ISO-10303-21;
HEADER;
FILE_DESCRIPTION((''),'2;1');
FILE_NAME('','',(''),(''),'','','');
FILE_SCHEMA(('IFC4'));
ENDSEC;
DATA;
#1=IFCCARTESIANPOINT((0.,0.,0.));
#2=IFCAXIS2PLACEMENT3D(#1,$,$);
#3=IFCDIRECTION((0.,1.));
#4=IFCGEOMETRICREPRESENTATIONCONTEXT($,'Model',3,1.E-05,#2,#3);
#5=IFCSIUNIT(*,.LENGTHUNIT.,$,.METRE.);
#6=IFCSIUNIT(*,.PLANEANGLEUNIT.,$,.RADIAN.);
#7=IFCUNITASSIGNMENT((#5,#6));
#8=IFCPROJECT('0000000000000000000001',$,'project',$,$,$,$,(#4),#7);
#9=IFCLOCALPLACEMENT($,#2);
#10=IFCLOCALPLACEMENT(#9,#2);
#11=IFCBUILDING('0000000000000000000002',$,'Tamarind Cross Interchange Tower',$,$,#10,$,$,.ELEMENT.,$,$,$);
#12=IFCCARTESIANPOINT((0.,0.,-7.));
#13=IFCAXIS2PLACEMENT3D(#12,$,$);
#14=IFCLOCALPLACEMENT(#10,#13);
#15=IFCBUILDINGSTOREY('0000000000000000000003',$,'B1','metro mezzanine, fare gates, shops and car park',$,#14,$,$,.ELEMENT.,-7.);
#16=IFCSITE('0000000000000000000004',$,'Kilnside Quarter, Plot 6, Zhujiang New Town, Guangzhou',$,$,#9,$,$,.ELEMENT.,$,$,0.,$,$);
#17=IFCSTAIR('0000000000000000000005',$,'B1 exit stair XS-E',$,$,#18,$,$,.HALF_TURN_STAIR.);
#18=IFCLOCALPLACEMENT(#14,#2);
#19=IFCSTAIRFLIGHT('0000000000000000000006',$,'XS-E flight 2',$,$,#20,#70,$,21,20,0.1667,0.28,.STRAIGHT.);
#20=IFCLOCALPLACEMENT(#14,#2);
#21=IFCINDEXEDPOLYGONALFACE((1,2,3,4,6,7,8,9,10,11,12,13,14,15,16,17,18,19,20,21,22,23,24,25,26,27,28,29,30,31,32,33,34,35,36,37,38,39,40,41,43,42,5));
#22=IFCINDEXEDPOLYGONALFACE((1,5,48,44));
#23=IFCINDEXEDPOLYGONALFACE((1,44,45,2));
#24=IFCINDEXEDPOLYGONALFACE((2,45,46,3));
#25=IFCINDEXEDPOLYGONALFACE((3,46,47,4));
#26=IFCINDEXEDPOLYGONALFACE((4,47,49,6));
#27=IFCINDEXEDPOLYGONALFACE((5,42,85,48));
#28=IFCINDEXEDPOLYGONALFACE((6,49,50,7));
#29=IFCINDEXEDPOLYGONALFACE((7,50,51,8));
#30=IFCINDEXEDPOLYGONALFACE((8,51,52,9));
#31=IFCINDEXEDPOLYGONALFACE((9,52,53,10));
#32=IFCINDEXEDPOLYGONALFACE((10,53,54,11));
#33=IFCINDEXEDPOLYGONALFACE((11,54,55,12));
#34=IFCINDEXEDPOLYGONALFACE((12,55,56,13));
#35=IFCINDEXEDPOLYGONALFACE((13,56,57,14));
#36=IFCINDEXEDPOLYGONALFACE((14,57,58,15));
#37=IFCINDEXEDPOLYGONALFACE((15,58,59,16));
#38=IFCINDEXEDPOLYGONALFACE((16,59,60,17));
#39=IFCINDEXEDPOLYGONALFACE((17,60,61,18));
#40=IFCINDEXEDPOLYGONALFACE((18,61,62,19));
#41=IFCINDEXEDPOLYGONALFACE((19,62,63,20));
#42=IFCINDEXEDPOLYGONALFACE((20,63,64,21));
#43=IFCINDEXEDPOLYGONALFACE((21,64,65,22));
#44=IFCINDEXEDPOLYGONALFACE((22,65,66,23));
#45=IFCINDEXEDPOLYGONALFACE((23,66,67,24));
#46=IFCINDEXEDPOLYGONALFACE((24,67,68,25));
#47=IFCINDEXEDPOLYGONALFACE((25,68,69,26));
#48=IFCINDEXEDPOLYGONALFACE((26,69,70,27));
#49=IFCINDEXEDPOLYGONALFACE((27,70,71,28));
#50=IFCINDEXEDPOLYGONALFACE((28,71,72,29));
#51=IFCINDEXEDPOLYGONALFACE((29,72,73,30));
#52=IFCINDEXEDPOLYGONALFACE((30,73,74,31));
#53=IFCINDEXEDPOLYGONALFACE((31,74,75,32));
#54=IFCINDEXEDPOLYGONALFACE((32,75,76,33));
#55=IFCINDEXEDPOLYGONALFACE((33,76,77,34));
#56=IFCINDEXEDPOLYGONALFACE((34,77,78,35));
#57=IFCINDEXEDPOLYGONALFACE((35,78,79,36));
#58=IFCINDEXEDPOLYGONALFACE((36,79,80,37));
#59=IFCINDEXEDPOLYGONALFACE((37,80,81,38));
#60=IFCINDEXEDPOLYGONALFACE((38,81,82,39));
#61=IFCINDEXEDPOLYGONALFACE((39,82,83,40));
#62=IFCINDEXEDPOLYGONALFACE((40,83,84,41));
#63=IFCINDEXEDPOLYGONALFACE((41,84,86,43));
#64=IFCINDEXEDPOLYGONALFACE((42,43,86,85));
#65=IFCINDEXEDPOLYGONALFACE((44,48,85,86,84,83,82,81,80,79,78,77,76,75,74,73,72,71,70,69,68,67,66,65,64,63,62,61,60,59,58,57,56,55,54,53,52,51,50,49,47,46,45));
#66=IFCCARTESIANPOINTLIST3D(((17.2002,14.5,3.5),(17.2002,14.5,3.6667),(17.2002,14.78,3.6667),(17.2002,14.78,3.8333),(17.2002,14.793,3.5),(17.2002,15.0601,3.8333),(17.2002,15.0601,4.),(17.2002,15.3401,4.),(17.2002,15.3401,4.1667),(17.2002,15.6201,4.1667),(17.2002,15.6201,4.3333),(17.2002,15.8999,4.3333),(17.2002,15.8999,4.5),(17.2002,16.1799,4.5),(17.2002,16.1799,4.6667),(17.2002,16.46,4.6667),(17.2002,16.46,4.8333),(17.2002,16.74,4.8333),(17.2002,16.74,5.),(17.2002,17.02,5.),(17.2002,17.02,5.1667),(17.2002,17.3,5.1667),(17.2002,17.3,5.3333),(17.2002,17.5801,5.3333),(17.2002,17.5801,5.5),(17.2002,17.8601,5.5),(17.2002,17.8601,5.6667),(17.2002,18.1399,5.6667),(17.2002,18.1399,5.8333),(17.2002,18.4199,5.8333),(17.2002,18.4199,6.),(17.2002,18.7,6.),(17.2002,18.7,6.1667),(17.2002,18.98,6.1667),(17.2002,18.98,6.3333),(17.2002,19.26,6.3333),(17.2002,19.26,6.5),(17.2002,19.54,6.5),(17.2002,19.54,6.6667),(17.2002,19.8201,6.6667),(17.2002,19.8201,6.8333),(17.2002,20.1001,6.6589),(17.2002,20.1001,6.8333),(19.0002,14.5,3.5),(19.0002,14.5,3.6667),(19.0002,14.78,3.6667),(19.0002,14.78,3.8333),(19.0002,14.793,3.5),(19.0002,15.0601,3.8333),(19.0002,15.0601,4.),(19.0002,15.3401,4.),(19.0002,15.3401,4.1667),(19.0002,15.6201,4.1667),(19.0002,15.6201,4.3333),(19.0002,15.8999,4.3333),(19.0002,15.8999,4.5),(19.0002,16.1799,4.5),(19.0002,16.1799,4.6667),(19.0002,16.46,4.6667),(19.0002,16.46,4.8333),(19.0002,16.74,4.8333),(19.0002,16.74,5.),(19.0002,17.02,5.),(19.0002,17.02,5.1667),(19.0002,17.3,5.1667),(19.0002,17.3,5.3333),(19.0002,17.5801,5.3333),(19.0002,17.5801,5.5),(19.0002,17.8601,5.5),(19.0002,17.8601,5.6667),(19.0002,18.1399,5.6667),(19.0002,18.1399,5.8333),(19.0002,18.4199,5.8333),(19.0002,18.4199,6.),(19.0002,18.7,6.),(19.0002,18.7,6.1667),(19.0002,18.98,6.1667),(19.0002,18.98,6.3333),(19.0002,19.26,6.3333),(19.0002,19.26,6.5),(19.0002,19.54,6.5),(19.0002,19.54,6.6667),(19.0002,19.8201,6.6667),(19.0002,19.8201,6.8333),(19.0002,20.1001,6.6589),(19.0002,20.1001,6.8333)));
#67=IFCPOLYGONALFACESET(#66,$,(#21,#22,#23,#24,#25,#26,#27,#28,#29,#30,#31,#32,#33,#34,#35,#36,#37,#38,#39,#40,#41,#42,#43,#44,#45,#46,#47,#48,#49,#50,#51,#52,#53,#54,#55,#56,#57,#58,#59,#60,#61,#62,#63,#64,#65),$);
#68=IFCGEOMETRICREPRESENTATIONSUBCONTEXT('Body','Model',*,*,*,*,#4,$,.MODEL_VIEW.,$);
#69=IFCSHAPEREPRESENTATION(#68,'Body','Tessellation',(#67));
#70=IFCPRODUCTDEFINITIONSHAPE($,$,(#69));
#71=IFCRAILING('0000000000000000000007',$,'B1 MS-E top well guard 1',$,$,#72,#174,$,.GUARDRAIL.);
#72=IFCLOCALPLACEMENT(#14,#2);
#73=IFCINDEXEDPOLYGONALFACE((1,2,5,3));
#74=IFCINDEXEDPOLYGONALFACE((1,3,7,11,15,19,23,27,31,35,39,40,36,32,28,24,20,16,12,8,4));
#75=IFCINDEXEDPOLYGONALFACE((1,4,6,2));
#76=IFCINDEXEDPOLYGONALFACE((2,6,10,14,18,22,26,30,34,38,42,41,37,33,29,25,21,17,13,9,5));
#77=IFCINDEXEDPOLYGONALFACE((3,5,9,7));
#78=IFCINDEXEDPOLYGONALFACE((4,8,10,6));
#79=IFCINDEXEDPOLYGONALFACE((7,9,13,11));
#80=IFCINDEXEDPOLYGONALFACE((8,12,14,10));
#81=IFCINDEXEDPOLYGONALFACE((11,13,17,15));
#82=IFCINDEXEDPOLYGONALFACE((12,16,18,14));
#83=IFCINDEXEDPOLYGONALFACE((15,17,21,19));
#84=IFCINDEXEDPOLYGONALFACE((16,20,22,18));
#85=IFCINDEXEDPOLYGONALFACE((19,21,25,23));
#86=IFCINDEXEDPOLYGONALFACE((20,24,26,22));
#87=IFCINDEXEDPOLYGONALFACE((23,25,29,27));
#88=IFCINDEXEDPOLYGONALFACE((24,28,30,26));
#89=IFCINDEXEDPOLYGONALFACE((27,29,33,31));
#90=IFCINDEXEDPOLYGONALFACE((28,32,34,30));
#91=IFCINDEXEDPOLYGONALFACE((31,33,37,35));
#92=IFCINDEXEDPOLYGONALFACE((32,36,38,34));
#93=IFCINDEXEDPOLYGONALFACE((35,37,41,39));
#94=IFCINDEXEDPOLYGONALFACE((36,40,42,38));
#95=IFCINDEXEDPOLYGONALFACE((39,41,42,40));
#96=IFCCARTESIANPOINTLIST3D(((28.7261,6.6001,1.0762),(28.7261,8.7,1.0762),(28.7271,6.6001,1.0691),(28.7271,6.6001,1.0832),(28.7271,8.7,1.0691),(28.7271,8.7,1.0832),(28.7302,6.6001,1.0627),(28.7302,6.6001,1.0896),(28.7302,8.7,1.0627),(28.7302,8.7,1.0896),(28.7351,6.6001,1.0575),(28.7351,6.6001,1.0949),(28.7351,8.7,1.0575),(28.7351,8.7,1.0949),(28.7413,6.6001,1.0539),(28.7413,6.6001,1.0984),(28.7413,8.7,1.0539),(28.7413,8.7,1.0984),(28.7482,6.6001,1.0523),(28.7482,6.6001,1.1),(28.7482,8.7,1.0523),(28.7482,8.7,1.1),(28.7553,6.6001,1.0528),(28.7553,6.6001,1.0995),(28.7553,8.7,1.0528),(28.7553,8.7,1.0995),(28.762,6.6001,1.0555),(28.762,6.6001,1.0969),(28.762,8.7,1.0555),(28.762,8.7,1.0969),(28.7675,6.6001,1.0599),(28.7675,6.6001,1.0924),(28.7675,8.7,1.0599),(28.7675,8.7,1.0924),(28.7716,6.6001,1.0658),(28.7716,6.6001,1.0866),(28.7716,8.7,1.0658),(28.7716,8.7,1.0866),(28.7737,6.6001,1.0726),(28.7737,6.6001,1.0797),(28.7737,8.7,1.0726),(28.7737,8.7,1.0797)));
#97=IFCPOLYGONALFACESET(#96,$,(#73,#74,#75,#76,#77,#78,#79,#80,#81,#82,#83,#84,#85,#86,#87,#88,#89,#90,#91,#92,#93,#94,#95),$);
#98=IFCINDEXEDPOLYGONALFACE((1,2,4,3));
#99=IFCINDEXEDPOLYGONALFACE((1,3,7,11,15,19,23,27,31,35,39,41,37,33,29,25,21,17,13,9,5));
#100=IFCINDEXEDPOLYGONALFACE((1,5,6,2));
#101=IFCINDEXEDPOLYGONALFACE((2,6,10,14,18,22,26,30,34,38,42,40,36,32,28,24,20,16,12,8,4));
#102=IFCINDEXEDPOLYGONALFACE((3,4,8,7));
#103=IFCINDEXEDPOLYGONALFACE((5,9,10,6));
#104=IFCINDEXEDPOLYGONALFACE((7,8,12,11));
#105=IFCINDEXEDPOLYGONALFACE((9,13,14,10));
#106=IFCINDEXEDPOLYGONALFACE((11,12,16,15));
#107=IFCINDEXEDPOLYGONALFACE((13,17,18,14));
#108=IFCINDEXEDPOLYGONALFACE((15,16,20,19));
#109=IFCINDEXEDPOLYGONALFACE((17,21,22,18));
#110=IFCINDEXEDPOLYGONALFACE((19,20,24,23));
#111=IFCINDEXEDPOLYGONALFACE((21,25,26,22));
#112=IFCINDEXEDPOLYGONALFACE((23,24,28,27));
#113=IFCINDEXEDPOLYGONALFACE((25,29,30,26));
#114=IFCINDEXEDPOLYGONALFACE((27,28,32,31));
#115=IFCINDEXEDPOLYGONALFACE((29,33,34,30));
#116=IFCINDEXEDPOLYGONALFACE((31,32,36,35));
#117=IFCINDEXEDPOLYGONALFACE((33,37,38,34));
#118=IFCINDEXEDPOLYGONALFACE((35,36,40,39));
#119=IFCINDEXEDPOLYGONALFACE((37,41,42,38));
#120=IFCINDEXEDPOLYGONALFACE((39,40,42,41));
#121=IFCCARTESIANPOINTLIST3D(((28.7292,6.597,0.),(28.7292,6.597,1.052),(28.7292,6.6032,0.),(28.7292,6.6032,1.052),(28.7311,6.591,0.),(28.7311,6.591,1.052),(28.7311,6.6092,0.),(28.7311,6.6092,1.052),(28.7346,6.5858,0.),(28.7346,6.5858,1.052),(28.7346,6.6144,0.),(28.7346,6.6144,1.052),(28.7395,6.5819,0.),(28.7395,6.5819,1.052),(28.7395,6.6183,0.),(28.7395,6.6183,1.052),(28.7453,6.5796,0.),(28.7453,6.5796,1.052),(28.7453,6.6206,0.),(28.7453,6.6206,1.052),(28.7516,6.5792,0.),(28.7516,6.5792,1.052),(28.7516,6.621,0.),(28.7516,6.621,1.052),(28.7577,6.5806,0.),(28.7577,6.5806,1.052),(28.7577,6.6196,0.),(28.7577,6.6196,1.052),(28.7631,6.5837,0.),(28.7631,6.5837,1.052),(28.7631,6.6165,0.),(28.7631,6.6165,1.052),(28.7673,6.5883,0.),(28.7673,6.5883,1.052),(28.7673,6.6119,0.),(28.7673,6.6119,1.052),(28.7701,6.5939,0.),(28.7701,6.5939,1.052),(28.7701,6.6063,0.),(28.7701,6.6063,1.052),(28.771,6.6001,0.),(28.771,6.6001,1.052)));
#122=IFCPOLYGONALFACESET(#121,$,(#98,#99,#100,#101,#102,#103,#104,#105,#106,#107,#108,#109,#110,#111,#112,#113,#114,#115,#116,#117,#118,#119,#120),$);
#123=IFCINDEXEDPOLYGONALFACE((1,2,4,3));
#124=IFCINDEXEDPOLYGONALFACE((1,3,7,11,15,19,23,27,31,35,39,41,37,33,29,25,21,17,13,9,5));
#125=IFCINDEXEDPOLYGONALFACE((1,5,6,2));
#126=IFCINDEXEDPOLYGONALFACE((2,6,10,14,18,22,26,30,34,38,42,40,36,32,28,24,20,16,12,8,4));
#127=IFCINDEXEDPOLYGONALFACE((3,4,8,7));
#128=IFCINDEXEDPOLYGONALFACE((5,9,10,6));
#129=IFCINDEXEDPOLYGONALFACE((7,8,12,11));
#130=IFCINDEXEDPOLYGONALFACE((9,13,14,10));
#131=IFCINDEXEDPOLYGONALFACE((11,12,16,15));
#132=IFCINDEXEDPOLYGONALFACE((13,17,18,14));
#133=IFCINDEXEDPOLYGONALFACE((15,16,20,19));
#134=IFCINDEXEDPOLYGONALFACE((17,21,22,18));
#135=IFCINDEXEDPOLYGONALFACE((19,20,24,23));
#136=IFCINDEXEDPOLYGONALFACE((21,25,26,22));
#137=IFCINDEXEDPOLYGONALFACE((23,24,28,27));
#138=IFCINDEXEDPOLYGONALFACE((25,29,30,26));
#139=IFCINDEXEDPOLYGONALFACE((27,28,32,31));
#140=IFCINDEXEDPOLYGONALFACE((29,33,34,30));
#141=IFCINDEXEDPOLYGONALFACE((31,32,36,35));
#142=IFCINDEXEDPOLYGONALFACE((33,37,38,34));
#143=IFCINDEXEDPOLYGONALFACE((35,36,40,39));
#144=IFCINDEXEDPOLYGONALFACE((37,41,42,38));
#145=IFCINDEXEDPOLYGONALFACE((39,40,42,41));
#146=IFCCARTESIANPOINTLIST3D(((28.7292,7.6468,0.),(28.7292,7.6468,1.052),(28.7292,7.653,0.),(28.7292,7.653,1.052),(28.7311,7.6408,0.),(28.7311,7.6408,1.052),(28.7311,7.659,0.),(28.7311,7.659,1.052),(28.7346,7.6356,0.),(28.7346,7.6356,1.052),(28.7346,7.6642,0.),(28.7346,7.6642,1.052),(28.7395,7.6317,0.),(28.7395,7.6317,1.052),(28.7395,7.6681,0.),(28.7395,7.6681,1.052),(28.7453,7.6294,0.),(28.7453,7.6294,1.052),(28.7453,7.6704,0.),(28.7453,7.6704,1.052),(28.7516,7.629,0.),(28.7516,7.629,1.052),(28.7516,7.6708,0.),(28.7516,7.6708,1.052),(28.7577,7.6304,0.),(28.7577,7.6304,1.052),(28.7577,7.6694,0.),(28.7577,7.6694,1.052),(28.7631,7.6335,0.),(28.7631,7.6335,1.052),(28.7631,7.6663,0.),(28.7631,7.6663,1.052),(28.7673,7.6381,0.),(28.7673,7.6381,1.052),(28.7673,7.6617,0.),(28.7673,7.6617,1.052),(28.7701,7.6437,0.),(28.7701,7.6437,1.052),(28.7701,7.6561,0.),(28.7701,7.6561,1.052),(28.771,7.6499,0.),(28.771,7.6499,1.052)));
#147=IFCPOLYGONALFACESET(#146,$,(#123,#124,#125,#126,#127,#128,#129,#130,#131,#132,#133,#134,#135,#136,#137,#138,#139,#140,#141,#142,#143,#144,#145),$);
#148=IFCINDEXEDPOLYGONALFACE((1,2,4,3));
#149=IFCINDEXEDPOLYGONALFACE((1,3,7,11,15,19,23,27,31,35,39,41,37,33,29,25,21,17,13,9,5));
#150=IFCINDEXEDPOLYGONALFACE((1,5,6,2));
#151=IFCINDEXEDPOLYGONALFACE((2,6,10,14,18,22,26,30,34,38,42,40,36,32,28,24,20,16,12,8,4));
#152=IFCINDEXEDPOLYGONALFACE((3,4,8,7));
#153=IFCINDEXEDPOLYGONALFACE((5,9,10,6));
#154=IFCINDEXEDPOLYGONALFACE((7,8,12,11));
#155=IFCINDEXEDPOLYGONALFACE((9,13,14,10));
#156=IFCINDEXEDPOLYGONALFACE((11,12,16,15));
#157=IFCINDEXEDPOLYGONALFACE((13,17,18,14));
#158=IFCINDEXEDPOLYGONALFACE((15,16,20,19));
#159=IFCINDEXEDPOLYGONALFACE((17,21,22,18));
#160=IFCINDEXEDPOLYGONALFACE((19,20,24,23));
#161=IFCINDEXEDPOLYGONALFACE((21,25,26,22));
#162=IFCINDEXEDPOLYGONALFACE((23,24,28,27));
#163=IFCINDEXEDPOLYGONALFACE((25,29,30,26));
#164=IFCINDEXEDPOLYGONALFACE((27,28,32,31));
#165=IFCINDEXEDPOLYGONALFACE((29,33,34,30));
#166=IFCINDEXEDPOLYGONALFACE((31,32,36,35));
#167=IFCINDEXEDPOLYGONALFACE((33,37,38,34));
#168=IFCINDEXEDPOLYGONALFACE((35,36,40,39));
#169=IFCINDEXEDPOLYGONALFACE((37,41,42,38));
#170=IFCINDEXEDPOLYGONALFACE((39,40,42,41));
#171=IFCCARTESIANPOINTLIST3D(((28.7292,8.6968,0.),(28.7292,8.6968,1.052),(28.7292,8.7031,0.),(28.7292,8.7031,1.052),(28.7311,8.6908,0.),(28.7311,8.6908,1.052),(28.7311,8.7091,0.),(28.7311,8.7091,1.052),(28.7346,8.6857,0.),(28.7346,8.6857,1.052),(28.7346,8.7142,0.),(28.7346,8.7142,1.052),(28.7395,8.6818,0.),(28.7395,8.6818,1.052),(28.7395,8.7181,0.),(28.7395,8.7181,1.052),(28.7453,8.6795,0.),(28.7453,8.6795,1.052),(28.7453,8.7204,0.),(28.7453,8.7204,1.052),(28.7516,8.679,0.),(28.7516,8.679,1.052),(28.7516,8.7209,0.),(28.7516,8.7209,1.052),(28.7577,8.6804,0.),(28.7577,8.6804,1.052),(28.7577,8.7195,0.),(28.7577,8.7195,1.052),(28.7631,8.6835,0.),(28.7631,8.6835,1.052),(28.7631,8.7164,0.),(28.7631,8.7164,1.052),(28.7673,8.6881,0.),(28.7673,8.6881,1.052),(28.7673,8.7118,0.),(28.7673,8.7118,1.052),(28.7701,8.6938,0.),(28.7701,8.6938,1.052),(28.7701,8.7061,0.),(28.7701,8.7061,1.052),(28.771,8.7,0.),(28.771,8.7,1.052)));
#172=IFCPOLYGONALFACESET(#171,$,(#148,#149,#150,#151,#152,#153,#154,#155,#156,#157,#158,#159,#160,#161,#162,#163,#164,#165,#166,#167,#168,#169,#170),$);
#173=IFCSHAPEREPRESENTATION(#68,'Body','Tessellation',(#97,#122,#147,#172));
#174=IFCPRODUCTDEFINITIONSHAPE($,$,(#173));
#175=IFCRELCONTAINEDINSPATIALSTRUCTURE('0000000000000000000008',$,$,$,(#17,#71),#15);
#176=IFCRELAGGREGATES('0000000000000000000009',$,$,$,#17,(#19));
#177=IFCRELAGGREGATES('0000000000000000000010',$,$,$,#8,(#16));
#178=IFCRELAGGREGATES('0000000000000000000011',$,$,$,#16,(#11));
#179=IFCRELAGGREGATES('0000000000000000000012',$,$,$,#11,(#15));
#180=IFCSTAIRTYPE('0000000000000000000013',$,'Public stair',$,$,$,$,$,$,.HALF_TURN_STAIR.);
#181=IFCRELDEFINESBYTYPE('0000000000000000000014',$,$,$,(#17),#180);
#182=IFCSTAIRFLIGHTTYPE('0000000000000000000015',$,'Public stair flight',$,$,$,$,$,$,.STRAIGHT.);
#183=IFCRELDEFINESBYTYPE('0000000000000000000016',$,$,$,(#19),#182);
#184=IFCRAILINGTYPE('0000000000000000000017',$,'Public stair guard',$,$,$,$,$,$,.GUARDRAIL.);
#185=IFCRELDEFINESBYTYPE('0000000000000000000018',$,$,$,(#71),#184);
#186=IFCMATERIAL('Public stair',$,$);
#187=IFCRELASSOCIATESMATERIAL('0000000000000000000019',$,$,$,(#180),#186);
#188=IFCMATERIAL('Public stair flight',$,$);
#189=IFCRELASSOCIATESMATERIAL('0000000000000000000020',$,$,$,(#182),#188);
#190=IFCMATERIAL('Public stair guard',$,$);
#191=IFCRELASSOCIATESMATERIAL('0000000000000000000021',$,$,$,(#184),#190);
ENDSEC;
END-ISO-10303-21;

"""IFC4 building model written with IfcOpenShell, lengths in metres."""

from ifc_helpers import new_model, si_unit, direction, frame, origin, origin_2d, place, context, subcontext, project, spatial, polyline, circle, outline, extrude, material, type_object, element, aggregate, save


model = new_model("IFC4")

# Units and contexts
model_context = context("Model", 3, precision=1e-05, world=origin(), true_north=direction((0.0, 1.0)))
body_context = subcontext(model_context, "Body", "Model", "MODEL_VIEW")
ifc_project = project(units=[si_unit("LENGTHUNIT", "METRE"), si_unit("PLANEANGLEUNIT", "RADIAN")], contexts=[model_context])

# Site, building, storey
site_placement = place(None, origin())
site = spatial("IfcSite", under=ifc_project, at=site_placement, Name="Kilnside Quarter, Plot 6, Zhujiang New Town, Guangzhou", CompositionType="ELEMENT", RefElevation=0.0)
building_placement = place(site_placement, origin())
building = spatial("IfcBuilding", under=site, at=building_placement, Name="Tamarind Cross Interchange Tower", CompositionType="ELEMENT")
storey_placement = place(building_placement, frame((0.0, 0.0, -7.0)))
storey = spatial("IfcBuildingStorey", under=building, at=storey_placement, Name="B1", Description="metro mezzanine, fare gates, shops and car park", CompositionType="ELEMENT", Elevation=-7.0)

# Stair, stair flight
ifc_material_1 = material(Name="Public stair")
stair_type = type_object("IfcStairType", Name="Public stair", PredefinedType="HALF_TURN_STAIR", material=ifc_material_1)
stair_placement = place(storey_placement, origin())
stair = element("IfcStair", 1, at=stair_placement, inside=storey, type_object=stair_type, Name="B1 exit stair XS-E", PredefinedType="HALF_TURN_STAIR")
ifc_material_2 = material(Name="Public stair flight")
stair_flight_type = type_object("IfcStairFlightType", Name="Public stair flight", PredefinedType="STRAIGHT", material=ifc_material_2)
stair_flight_1_placement = place(storey_placement, frame((18.1001, 14.5, 3.5), z_axis=(0.0, 0.0, 1.0), x_axis=(0.0, 1.0, 0.0)))
stair_flight_1 = element("IfcStairFlight", 2, at=stair_flight_1_placement, type_object=stair_flight_type, Name="XS-E flight 2", NumberOfRisers=21, NumberOfTreads=20, PredefinedType="STRAIGHT", RiserHeight=0.1667, TreadLength=0.28, context=body_context, shape_type="SweptSolid", body=[
    extrude(outline(polyline([(0.0, 0.0), (0.0, 0.1667), (0.28, 0.1667), (0.28, 0.3333), (0.5601, 0.3333), (0.5601, 0.5), (0.8401, 0.5), (0.8401, 0.6667), (1.1201, 0.6667), (1.1201, 0.8333), (1.3999, 0.8333), (1.3999, 1.0), (1.6799, 1.0), (1.6799, 1.1667), (1.96, 1.1667), (1.96, 1.3333), (2.24, 1.3333), (2.24, 1.5), (2.52, 1.5), (2.52, 1.6667), (2.8, 1.6667), (2.8, 1.8333), (3.0801, 1.8333), (3.0801, 2.0), (3.3601, 2.0), (3.3601, 2.1667), (3.6399, 2.1667), (3.6399, 2.3333), (3.9199, 2.3333), (3.9199, 2.5), (4.2, 2.5), (4.2, 2.6667), (4.48, 2.6667), (4.48, 2.8333), (4.76, 2.8333), (4.76, 3.0), (5.04, 3.0), (5.04, 3.1667), (5.3201, 3.1667), (5.3201, 3.3333), (5.6001, 3.3333), (5.6001, 3.5), (5.6001, 3.1589), (0.293, 0.0), (0.0, 0.0)])), frame((0.0, 0.8999, 0.0), z_axis=(0.0, -1.0, 0.0), x_axis=(1.0, 0.0, 0.0)), (0.0, 0.0, 1.0), 1.8),
])
aggregate(stair, [stair_flight_1])

# Railing
ifc_material_3 = material(Name="Public stair guard")
railing_type_1 = type_object("IfcRailingType", Name="Public stair guard", PredefinedType="GUARDRAIL", material=ifc_material_3)
railing_1_placement = place(storey_placement, frame((28.75, 6.6001, 0.0)))
element("IfcRailing", 3, at=railing_1_placement, inside=storey, type_object=railing_type_1, Name="B1 MS-E top well guard 1", PredefinedType="GUARDRAIL", context=body_context, shape_type="SweptSolid", body=[
    extrude(circle(Radius=0.0239, at=origin_2d()), frame((0.0, 0.0, 1.0762), z_axis=(0.0, 1.0, 0.0), x_axis=(-1.0, 0.0, 0.0)), (0.0, 0.0, 1.0), 2.0999),
    extrude(circle(Radius=0.021, at=origin_2d()), origin(), (0.0, 0.0, 1.0), 1.052),
    extrude(circle(Radius=0.021, at=origin_2d()), frame((0.0, 1.0498, 0.0)), (0.0, 0.0, 1.0), 1.052),
    extrude(circle(Radius=0.021, at=origin_2d()), frame((0.0, 2.0999, 0.0)), (0.0, 0.0, 1.0), 1.052),
])

save(model, "model.ifc")
